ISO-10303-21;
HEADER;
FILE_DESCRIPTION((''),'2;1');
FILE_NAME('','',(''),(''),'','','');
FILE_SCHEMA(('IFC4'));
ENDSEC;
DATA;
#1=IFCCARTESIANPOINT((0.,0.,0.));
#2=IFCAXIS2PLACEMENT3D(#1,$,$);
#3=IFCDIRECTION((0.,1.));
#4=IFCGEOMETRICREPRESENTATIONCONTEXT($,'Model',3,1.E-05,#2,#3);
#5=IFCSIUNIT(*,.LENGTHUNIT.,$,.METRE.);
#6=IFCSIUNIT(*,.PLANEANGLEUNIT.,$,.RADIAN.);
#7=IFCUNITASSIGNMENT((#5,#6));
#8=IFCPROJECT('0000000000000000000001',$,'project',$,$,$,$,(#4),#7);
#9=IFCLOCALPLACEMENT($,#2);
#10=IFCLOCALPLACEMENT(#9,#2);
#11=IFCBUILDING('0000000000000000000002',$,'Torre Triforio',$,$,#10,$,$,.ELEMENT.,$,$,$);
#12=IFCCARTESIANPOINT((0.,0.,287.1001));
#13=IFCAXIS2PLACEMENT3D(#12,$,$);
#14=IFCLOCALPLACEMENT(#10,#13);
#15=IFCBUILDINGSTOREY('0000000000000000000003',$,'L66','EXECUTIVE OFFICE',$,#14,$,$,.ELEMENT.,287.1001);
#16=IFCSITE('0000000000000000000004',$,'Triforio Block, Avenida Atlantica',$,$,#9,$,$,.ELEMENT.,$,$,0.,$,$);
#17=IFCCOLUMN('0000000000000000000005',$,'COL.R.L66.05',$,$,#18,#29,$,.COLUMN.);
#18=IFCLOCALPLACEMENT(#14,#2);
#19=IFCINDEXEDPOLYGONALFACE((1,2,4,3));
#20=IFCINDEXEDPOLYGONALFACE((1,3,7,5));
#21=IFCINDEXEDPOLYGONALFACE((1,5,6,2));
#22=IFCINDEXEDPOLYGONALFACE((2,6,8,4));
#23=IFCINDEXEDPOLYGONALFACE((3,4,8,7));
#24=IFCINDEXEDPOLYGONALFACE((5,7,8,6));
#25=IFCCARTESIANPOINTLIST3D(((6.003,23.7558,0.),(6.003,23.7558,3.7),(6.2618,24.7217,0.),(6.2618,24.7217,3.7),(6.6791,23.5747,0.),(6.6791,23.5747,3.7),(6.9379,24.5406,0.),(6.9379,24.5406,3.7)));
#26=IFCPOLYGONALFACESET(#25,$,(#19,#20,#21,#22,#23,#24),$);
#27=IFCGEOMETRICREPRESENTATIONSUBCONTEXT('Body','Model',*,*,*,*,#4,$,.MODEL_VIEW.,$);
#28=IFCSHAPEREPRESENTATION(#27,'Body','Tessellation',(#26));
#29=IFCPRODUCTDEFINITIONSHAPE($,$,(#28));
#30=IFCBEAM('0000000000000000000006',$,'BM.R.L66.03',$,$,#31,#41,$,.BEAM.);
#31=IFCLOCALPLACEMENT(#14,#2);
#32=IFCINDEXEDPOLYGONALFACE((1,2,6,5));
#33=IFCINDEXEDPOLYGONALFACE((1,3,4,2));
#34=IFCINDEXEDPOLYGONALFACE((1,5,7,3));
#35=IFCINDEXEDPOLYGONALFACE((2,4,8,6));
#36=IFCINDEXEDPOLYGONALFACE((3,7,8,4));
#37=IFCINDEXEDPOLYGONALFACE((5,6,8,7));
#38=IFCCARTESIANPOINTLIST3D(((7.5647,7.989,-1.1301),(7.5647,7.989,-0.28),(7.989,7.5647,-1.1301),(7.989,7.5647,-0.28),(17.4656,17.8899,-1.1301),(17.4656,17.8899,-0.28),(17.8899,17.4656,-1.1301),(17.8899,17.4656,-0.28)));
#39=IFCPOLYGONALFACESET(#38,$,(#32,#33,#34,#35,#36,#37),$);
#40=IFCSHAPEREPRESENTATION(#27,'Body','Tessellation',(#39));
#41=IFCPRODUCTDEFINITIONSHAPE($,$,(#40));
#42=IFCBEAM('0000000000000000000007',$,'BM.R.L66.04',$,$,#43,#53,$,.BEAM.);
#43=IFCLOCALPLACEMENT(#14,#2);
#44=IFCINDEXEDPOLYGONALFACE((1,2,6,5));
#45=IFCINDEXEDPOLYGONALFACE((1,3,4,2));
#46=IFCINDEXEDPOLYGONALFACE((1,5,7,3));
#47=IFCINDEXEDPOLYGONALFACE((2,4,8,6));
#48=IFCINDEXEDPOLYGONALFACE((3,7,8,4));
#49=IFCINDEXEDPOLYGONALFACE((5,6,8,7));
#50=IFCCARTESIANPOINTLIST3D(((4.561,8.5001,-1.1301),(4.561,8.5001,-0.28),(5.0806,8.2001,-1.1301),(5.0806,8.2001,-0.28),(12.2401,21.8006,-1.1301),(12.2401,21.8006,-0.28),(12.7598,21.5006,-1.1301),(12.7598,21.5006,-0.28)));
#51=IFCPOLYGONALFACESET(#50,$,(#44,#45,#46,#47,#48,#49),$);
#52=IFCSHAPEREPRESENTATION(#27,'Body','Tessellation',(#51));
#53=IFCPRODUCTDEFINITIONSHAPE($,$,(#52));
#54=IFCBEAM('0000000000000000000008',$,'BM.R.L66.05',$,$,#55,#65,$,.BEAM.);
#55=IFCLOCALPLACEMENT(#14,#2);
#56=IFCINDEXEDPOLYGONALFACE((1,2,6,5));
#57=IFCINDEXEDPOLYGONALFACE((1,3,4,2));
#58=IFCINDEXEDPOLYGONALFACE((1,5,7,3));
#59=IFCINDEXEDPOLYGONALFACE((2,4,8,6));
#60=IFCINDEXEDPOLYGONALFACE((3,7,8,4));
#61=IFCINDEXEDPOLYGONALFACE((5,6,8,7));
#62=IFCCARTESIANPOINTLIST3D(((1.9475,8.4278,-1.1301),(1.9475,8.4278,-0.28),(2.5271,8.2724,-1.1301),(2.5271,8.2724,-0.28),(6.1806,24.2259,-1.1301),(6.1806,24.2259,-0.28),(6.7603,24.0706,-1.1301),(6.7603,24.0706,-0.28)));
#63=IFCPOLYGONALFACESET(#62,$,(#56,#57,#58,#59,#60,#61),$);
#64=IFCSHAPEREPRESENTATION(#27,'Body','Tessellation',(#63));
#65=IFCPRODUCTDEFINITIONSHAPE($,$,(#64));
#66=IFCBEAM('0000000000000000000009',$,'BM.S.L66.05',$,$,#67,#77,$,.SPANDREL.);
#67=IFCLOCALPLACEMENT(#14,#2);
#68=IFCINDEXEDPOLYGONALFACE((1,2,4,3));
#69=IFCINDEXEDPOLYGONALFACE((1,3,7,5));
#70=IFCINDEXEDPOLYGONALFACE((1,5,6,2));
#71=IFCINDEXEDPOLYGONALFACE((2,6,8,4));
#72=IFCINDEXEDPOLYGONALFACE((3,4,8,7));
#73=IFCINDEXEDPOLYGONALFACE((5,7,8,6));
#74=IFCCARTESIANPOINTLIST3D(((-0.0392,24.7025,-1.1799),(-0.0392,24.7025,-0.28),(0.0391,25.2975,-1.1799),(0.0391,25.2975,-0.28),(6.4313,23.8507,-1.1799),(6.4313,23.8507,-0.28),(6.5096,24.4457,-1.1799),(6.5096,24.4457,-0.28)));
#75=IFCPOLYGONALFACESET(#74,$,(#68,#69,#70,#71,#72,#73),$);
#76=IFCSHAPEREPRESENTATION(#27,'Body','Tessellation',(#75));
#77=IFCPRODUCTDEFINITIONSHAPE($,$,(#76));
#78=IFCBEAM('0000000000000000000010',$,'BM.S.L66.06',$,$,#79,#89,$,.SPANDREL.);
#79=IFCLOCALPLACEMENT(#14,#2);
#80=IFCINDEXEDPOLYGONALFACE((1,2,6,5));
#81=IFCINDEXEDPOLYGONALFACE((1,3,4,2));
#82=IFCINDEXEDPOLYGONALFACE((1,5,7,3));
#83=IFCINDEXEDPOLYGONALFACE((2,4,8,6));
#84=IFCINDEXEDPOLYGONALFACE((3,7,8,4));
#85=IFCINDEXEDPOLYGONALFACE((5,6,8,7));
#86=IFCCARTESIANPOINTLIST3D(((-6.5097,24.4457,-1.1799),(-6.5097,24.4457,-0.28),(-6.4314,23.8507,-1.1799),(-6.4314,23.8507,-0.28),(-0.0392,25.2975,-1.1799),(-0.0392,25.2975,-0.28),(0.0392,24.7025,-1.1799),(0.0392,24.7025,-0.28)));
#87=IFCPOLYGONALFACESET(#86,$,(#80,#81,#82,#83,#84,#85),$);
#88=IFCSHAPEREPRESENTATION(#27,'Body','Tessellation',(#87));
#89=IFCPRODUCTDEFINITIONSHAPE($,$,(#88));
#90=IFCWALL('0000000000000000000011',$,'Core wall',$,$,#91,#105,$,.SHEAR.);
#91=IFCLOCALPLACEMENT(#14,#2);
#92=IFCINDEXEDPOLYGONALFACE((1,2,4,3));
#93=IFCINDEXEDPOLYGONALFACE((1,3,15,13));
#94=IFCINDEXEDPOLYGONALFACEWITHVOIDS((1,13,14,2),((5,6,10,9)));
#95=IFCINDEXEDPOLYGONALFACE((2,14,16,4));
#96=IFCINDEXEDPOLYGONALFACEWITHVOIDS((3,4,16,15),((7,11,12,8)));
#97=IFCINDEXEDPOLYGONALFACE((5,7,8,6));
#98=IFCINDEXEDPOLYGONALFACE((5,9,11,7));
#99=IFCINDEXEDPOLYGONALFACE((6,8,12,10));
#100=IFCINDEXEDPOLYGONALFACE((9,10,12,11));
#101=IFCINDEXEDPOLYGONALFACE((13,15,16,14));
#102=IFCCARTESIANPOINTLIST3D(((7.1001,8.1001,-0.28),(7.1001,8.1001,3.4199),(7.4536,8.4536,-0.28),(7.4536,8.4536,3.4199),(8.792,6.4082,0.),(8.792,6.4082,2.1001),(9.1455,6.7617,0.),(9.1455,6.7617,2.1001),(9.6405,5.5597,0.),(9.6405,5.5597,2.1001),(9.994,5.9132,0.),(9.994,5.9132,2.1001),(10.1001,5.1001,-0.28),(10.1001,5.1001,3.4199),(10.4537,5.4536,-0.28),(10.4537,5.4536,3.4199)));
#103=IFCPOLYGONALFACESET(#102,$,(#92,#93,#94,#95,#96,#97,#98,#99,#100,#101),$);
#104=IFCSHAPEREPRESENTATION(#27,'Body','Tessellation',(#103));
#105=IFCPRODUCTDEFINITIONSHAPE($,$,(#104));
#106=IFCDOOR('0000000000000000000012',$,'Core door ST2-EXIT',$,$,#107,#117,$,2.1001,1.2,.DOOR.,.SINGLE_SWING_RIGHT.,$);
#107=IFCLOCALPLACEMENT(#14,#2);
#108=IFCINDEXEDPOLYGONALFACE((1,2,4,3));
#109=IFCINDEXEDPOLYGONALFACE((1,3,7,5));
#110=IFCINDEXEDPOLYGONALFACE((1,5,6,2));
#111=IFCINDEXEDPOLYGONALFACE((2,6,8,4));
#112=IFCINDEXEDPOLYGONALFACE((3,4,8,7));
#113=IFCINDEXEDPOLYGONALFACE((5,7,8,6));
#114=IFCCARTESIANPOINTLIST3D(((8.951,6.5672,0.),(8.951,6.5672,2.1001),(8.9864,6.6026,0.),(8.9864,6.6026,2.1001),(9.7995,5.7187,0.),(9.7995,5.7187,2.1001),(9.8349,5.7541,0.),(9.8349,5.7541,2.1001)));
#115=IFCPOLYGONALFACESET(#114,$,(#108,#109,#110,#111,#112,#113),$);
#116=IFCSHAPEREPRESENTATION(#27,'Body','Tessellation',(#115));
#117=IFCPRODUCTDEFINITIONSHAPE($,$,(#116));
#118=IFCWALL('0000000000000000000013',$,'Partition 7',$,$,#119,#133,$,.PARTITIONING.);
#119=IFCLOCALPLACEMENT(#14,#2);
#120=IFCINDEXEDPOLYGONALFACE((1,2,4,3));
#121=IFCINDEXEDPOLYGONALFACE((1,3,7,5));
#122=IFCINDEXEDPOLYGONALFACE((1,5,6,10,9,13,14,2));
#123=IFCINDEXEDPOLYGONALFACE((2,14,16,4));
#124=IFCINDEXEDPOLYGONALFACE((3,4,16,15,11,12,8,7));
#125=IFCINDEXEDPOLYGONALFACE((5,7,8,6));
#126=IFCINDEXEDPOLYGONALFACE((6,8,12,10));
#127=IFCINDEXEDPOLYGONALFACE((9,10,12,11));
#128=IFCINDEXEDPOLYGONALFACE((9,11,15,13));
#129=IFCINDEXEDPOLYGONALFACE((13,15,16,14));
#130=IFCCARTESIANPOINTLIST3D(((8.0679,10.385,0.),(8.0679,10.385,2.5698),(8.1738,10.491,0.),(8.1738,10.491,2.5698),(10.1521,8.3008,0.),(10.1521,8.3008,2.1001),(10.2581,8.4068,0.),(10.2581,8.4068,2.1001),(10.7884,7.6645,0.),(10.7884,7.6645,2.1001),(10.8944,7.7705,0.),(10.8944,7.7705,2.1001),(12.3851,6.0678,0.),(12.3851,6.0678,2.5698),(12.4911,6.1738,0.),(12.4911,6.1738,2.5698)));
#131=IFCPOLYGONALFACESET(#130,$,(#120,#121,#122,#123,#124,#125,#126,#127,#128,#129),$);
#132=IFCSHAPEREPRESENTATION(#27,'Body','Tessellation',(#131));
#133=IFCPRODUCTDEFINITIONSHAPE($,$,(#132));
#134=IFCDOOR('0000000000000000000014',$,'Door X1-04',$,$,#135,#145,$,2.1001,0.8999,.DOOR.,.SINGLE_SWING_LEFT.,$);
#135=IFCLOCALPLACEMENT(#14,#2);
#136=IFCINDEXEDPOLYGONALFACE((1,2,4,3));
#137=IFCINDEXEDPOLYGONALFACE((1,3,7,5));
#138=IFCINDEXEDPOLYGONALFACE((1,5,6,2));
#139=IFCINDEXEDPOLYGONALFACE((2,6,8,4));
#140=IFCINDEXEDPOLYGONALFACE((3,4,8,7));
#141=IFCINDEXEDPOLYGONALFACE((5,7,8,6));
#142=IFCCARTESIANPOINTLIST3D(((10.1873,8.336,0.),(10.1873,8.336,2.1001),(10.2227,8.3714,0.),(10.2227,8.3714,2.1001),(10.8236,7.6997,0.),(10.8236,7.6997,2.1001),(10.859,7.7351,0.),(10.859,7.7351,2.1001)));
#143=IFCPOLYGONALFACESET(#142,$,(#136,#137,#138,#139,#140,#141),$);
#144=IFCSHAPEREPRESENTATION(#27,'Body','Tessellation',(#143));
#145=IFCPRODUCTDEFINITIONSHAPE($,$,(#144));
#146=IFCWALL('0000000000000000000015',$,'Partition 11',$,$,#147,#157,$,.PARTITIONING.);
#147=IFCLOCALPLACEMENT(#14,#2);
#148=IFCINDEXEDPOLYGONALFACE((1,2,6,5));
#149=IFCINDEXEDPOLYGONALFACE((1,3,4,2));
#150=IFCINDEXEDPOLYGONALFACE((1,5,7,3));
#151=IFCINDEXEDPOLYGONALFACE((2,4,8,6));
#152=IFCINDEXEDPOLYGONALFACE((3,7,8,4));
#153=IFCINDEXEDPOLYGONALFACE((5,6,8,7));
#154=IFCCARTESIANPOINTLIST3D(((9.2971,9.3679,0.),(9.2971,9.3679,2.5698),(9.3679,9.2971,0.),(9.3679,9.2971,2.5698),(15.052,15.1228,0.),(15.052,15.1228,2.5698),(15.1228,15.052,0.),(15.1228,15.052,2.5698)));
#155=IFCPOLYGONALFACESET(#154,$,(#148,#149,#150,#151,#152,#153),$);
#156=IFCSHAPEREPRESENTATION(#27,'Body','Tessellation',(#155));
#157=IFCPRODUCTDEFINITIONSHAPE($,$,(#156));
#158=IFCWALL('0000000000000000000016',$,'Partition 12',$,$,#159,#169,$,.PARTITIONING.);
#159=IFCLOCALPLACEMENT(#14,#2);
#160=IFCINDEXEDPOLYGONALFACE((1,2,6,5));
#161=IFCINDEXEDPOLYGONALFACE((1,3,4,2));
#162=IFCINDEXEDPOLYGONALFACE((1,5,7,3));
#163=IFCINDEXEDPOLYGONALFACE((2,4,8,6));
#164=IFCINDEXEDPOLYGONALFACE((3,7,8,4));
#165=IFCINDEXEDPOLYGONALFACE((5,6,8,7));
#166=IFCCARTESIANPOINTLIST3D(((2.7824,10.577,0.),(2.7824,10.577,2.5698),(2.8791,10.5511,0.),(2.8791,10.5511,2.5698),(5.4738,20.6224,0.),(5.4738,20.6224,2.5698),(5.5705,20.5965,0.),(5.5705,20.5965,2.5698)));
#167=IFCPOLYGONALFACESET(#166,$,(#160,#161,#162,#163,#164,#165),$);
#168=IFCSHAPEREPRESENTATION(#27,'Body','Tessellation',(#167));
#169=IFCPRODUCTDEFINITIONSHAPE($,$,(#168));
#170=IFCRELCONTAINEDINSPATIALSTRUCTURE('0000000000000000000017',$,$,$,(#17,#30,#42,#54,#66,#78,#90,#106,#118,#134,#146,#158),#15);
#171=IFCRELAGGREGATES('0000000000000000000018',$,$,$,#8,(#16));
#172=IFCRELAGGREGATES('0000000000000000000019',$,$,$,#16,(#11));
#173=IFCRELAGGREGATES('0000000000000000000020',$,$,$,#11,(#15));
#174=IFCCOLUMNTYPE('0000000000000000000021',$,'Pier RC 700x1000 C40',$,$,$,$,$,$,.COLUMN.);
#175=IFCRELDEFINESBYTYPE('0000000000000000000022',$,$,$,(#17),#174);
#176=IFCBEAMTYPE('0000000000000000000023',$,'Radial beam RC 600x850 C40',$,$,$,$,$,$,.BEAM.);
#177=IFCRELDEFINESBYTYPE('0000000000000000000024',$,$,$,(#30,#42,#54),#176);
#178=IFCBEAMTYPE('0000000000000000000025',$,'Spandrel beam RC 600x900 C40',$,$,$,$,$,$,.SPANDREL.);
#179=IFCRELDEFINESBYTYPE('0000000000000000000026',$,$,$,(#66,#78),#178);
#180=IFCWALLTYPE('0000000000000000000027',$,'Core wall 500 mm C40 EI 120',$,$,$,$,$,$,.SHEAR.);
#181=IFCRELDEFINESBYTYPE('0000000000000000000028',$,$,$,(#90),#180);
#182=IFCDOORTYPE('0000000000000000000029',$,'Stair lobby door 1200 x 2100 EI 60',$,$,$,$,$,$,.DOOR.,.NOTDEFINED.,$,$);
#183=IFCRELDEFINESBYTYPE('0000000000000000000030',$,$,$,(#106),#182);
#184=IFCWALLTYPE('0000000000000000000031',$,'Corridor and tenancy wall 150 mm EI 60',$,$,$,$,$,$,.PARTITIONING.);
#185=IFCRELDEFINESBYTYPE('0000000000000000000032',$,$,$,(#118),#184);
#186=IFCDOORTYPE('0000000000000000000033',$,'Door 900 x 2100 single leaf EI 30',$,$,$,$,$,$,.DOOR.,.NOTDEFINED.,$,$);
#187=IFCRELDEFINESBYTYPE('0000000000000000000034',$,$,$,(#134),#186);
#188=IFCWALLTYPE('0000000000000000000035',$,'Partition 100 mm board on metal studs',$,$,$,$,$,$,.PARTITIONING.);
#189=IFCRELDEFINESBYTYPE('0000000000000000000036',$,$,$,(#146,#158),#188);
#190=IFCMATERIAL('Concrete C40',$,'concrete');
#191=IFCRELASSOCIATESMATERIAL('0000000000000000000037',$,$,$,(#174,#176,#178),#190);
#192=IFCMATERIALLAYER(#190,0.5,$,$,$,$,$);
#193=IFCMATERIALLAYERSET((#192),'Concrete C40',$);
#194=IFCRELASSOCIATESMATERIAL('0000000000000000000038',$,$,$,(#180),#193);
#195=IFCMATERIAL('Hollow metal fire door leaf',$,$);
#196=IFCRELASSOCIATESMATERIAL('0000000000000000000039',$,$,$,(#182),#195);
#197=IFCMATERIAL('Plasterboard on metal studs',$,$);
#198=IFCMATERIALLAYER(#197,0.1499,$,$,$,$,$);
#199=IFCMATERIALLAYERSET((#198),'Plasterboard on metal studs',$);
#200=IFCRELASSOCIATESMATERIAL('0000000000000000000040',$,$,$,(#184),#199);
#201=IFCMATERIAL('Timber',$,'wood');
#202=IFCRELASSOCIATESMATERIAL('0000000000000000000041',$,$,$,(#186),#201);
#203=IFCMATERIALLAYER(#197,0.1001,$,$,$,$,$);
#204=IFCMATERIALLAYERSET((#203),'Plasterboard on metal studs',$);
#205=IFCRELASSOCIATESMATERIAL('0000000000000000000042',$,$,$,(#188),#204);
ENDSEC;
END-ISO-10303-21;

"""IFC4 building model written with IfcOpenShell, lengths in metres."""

from ifc_helpers import new_model, si_unit, direction, frame, frame_2d, origin, origin_2d, place, context, subcontext, project, spatial, rectangle, extrude, material, layer, layer_set, material_profile, profile_set, type_object, element, fill, save


model = new_model("IFC4")

# Units and contexts
model_context = context("Model", 3, precision=1e-05, world=origin(), true_north=direction((0.0, 1.0)))
body_context = subcontext(model_context, "Body", "Model", "MODEL_VIEW")
ifc_project = project(units=[si_unit("LENGTHUNIT", "METRE"), si_unit("PLANEANGLEUNIT", "RADIAN")], contexts=[model_context])

# Site, building, storey
site_placement = place(None, origin())
site = spatial("IfcSite", under=ifc_project, at=site_placement, Name="Triforio Block, Avenida Atlantica", CompositionType="ELEMENT", RefElevation=0.0)
building_placement = place(site_placement, origin())
building = spatial("IfcBuilding", under=site, at=building_placement, Name="Torre Triforio", CompositionType="ELEMENT")
storey_placement = place(building_placement, frame((0.0, 0.0, 287.1001)))
storey = spatial("IfcBuildingStorey", under=building, at=storey_placement, Name="L66", Description="EXECUTIVE OFFICE", CompositionType="ELEMENT", Elevation=287.1001)

# Column
ifc_material_1 = material(Name="Concrete C40", Category="concrete")
ifc_material_profile_1 = material_profile(ifc_material_1, rectangle(XDim=0.7, YDim=1.0, at=origin_2d()), Name="RC 700x1000")
ifc_profile_set_1 = profile_set([ifc_material_profile_1], Name="Concrete C40")
column_type = type_object("IfcColumnType", Name="Pier RC 700x1000 C40", PredefinedType="COLUMN", material=ifc_profile_set_1)
column_placement = place(storey_placement, frame((6.4705, 24.1482, 0.0), z_axis=(0.0, 0.0, 1.0), x_axis=(-0.965926, 0.258819, 0.0)))
element("IfcColumn", 1, at=column_placement, inside=storey, type_object=column_type, Name="COL.R.L66.05", PredefinedType="COLUMN", context=body_context, shape_type="SweptSolid", body=[
    extrude(rectangle(XDim=0.7, YDim=1.0, at=origin_2d()), origin(), (0.0, 0.0, 1.0), 3.7),
])

# Beams
ifc_material_profile_2 = material_profile(ifc_material_1, rectangle(XDim=0.6001, YDim=0.8501, at=origin_2d()), Name="RC 600x850")
ifc_profile_set_2 = profile_set([ifc_material_profile_2], Name="Concrete C40")
beam_type_1 = type_object("IfcBeamType", Name="Radial beam RC 600x850 C40", PredefinedType="BEAM", material=ifc_profile_set_2)
beam_1_placement = place(storey_placement, frame((7.7769, 7.7769, -0.7051), z_axis=(0.707107, 0.707107, 0.0), x_axis=(-0.707107, 0.707107, 0.0)))
element("IfcBeam", 2, at=beam_1_placement, inside=storey, type_object=beam_type_1, Name="BM.R.L66.03", PredefinedType="BEAM", context=body_context, shape_type="SweptSolid", body=[
    extrude(rectangle(XDim=0.6001, YDim=0.8501, at=origin_2d()), origin(), (0.0, 0.0, 1.0), 14.002),
])
beam_2_placement = place(storey_placement, frame((4.8208, 8.3501, -0.7051), z_axis=(0.500006, 0.866022, 0.0), x_axis=(-0.866022, 0.500006, 0.0)))
element("IfcBeam", 3, at=beam_2_placement, inside=storey, type_object=beam_type_1, Name="BM.R.L66.04", PredefinedType="BEAM", context=body_context, shape_type="SweptSolid", body=[
    extrude(rectangle(XDim=0.6001, YDim=0.8501, at=origin_2d()), origin(), (0.0, 0.0, 1.0), 15.3582),
])
beam_3_placement = place(storey_placement, frame((2.2373, 8.3501, -0.7051), z_axis=(0.258823, 0.965925, 0.0), x_axis=(-0.965925, 0.258823, 0.0)))
element("IfcBeam", 4, at=beam_3_placement, inside=storey, type_object=beam_type_1, Name="BM.R.L66.05", PredefinedType="BEAM", context=body_context, shape_type="SweptSolid", body=[
    extrude(rectangle(XDim=0.6001, YDim=0.8501, at=origin_2d()), origin(), (0.0, 0.0, 1.0), 16.3555),
])
ifc_material_profile_3 = material_profile(ifc_material_1, rectangle(XDim=0.6001, YDim=0.8999, at=origin_2d()), Name="RC 600x900")
ifc_profile_set_3 = profile_set([ifc_material_profile_3], Name="Concrete C40")
beam_type_2 = type_object("IfcBeamType", Name="Spandrel beam RC 600x900 C40", PredefinedType="SPANDREL", material=ifc_profile_set_3)
for number, where, z_axis, x_axis, name in (
    (5, (6.4705, 24.1482, -0.73), (-0.991446, 0.130519, 0.0), (-0.130519, -0.991446, 0.0), "BM.S.L66.05"),
    (6, (0.0, 25.0, -0.73), (-0.991446, -0.130519, 0.0), (0.130519, -0.991446, 0.0), "BM.S.L66.06"),
):
    element("IfcBeam", number, at=place(storey_placement, frame(where, z_axis=z_axis, x_axis=x_axis)), inside=storey, type_object=beam_type_2, Name=name, PredefinedType="SPANDREL", context=body_context, shape_type="SweptSolid", body=[
        extrude(rectangle(XDim=0.6001, YDim=0.8999, at=origin_2d()), origin(), (0.0, 0.0, 1.0), 6.5264),
    ])

# Walls, openings, doors
ifc_layer_1 = layer(ifc_material_1, 0.5)
ifc_layer_set_1 = layer_set([ifc_layer_1], Name="Concrete C40")
wall_type_1 = type_object("IfcWallType", Name="Core wall 500 mm C40 EI 120", PredefinedType="SHEAR", material=ifc_layer_set_1)
wall_1_placement = place(storey_placement, frame((7.2769, 8.2769, -0.28), z_axis=(0.0, 0.0, 1.0), x_axis=(0.707107, -0.707107, 0.0)))
wall_1 = element("IfcWall", 7, at=wall_1_placement, inside=storey, type_object=wall_type_1, Name="Core wall", PredefinedType="SHEAR", context=body_context, shape_type="SweptSolid", body=[
    extrude(rectangle(XDim=4.2427, YDim=0.5, at=frame_2d((2.1213, 0.0))), origin(), (0.0, 0.0, 1.0), 3.7),
])
opening_1_placement = place(wall_1_placement, frame((2.3926, 0.0, 0.28)))
opening_1 = element("IfcOpeningElement", 8, at=opening_1_placement, cuts=wall_1, PredefinedType="OPENING", context=body_context, shape_type="SweptSolid", body=[
    extrude(rectangle(XDim=1.2, YDim=2.1001, at=frame_2d((0.6001, 1.05))), frame((0.0, 0.26, 0.0), z_axis=(0.0, -1.0, 0.0), x_axis=(1.0, 0.0, 0.0)), (0.0, 0.0, 1.0), 0.52),
])
ifc_material_2 = material(Name="Hollow metal fire door leaf")
door_type_1 = type_object("IfcDoorType", Name="Stair lobby door 1200 x 2100 EI 60", OperationType="NOTDEFINED", PredefinedType="DOOR", material=ifc_material_2)
door_1_placement = place(opening_1_placement, origin())
door_1 = element("IfcDoor", 9, at=door_1_placement, inside=storey, type_object=door_type_1, Name="Core door ST2-EXIT", OperationType="SINGLE_SWING_RIGHT", OverallHeight=2.1001, OverallWidth=1.2, PredefinedType="DOOR", context=body_context, shape_type="SweptSolid", body=[
    extrude(rectangle(XDim=1.2, YDim=2.1001, at=frame_2d((0.6001, 1.05))), frame((0.0, 0.0249, 0.0), z_axis=(0.0, -1.0, 0.0), x_axis=(1.0, 0.0, 0.0)), (0.0, 0.0, 1.0), 0.05),
])
fill(opening_1, door_1)
ifc_material_3 = material(Name="Plasterboard on metal studs")
ifc_layer_2 = layer(ifc_material_3, 0.1499)
ifc_layer_set_2 = layer_set([ifc_layer_2], Name="Plasterboard on metal studs")
wall_type_2 = type_object("IfcWallType", Name="Corridor and tenancy wall 150 mm EI 60", PredefinedType="PARTITIONING", material=ifc_layer_set_2)
wall_2_placement = place(storey_placement, frame((8.1208, 10.438, 0.0), z_axis=(0.0, 0.0, 1.0), x_axis=(0.707107, -0.707107, 0.0)))
wall_2 = element("IfcWall", 10, at=wall_2_placement, inside=storey, type_object=wall_type_2, Name="Partition 7", PredefinedType="PARTITIONING", context=body_context, shape_type="SweptSolid", body=[
    extrude(rectangle(XDim=6.1055, YDim=0.1499, at=frame_2d((3.0527, 0.0))), origin(), (0.0, 0.0, 1.0), 2.5698),
])
opening_2_placement = place(wall_2_placement, frame((2.9475, 0.0, 0.0)))
opening_2 = element("IfcOpeningElement", 11, at=opening_2_placement, cuts=wall_2, PredefinedType="OPENING", context=body_context, shape_type="SweptSolid", body=[
    extrude(rectangle(XDim=0.8999, YDim=2.1001, at=frame_2d((0.45, 1.05))), frame((0.0, 0.085, 0.0), z_axis=(0.0, -1.0, 0.0), x_axis=(1.0, 0.0, 0.0)), (0.0, 0.0, 1.0), 0.1699),
])
ifc_material_4 = material(Name="Timber", Category="wood")
door_type_2 = type_object("IfcDoorType", Name="Door 900 x 2100 single leaf EI 30", OperationType="NOTDEFINED", PredefinedType="DOOR", material=ifc_material_4)
door_2_placement = place(opening_2_placement, origin())
door_2 = element("IfcDoor", 12, at=door_2_placement, inside=storey, type_object=door_type_2, Name="Door X1-04", OperationType="SINGLE_SWING_LEFT", OverallHeight=2.1001, OverallWidth=0.8999, PredefinedType="DOOR", context=body_context, shape_type="SweptSolid", body=[
    extrude(rectangle(XDim=0.8999, YDim=2.1001, at=frame_2d((0.45, 1.05))), frame((0.0, 0.0249, 0.0), z_axis=(0.0, -1.0, 0.0), x_axis=(1.0, 0.0, 0.0)), (0.0, 0.0, 1.0), 0.05),
])
fill(opening_2, door_2)

# Walls
ifc_layer_3 = layer(ifc_material_3, 0.1001)
ifc_layer_set_3 = layer_set([ifc_layer_3], Name="Plasterboard on metal studs")
wall_type_3 = type_object("IfcWallType", Name="Partition 100 mm board on metal studs", PredefinedType="PARTITIONING", material=ifc_layer_set_3)
wall_3_placement = place(storey_placement, frame((9.3325, 9.3325, 0.0), z_axis=(0.0, 0.0, 1.0), x_axis=(0.707107, 0.707107, 0.0)))
element("IfcWall", 13, at=wall_3_placement, inside=storey, type_object=wall_type_3, Name="Partition 11", PredefinedType="PARTITIONING", context=body_context, shape_type="SweptSolid", body=[
    extrude(rectangle(XDim=8.1387, YDim=0.1001, at=frame_2d((4.0693, 0.0))), origin(), (0.0, 0.0, 1.0), 2.5698),
])
wall_4_placement = place(storey_placement, frame((2.8308, 10.5642, 0.0), z_axis=(0.0, 0.0, 1.0), x_axis=(0.258796, 0.965932, 0.0)))
element("IfcWall", 14, at=wall_4_placement, inside=storey, type_object=wall_type_3, Name="Partition 12", PredefinedType="PARTITIONING", context=body_context, shape_type="SweptSolid", body=[
    extrude(rectangle(XDim=10.3997, YDim=0.1001, at=frame_2d((5.1997, 0.0))), origin(), (0.0, 0.0, 1.0), 2.5698),
])

save(model, "model.ifc")
